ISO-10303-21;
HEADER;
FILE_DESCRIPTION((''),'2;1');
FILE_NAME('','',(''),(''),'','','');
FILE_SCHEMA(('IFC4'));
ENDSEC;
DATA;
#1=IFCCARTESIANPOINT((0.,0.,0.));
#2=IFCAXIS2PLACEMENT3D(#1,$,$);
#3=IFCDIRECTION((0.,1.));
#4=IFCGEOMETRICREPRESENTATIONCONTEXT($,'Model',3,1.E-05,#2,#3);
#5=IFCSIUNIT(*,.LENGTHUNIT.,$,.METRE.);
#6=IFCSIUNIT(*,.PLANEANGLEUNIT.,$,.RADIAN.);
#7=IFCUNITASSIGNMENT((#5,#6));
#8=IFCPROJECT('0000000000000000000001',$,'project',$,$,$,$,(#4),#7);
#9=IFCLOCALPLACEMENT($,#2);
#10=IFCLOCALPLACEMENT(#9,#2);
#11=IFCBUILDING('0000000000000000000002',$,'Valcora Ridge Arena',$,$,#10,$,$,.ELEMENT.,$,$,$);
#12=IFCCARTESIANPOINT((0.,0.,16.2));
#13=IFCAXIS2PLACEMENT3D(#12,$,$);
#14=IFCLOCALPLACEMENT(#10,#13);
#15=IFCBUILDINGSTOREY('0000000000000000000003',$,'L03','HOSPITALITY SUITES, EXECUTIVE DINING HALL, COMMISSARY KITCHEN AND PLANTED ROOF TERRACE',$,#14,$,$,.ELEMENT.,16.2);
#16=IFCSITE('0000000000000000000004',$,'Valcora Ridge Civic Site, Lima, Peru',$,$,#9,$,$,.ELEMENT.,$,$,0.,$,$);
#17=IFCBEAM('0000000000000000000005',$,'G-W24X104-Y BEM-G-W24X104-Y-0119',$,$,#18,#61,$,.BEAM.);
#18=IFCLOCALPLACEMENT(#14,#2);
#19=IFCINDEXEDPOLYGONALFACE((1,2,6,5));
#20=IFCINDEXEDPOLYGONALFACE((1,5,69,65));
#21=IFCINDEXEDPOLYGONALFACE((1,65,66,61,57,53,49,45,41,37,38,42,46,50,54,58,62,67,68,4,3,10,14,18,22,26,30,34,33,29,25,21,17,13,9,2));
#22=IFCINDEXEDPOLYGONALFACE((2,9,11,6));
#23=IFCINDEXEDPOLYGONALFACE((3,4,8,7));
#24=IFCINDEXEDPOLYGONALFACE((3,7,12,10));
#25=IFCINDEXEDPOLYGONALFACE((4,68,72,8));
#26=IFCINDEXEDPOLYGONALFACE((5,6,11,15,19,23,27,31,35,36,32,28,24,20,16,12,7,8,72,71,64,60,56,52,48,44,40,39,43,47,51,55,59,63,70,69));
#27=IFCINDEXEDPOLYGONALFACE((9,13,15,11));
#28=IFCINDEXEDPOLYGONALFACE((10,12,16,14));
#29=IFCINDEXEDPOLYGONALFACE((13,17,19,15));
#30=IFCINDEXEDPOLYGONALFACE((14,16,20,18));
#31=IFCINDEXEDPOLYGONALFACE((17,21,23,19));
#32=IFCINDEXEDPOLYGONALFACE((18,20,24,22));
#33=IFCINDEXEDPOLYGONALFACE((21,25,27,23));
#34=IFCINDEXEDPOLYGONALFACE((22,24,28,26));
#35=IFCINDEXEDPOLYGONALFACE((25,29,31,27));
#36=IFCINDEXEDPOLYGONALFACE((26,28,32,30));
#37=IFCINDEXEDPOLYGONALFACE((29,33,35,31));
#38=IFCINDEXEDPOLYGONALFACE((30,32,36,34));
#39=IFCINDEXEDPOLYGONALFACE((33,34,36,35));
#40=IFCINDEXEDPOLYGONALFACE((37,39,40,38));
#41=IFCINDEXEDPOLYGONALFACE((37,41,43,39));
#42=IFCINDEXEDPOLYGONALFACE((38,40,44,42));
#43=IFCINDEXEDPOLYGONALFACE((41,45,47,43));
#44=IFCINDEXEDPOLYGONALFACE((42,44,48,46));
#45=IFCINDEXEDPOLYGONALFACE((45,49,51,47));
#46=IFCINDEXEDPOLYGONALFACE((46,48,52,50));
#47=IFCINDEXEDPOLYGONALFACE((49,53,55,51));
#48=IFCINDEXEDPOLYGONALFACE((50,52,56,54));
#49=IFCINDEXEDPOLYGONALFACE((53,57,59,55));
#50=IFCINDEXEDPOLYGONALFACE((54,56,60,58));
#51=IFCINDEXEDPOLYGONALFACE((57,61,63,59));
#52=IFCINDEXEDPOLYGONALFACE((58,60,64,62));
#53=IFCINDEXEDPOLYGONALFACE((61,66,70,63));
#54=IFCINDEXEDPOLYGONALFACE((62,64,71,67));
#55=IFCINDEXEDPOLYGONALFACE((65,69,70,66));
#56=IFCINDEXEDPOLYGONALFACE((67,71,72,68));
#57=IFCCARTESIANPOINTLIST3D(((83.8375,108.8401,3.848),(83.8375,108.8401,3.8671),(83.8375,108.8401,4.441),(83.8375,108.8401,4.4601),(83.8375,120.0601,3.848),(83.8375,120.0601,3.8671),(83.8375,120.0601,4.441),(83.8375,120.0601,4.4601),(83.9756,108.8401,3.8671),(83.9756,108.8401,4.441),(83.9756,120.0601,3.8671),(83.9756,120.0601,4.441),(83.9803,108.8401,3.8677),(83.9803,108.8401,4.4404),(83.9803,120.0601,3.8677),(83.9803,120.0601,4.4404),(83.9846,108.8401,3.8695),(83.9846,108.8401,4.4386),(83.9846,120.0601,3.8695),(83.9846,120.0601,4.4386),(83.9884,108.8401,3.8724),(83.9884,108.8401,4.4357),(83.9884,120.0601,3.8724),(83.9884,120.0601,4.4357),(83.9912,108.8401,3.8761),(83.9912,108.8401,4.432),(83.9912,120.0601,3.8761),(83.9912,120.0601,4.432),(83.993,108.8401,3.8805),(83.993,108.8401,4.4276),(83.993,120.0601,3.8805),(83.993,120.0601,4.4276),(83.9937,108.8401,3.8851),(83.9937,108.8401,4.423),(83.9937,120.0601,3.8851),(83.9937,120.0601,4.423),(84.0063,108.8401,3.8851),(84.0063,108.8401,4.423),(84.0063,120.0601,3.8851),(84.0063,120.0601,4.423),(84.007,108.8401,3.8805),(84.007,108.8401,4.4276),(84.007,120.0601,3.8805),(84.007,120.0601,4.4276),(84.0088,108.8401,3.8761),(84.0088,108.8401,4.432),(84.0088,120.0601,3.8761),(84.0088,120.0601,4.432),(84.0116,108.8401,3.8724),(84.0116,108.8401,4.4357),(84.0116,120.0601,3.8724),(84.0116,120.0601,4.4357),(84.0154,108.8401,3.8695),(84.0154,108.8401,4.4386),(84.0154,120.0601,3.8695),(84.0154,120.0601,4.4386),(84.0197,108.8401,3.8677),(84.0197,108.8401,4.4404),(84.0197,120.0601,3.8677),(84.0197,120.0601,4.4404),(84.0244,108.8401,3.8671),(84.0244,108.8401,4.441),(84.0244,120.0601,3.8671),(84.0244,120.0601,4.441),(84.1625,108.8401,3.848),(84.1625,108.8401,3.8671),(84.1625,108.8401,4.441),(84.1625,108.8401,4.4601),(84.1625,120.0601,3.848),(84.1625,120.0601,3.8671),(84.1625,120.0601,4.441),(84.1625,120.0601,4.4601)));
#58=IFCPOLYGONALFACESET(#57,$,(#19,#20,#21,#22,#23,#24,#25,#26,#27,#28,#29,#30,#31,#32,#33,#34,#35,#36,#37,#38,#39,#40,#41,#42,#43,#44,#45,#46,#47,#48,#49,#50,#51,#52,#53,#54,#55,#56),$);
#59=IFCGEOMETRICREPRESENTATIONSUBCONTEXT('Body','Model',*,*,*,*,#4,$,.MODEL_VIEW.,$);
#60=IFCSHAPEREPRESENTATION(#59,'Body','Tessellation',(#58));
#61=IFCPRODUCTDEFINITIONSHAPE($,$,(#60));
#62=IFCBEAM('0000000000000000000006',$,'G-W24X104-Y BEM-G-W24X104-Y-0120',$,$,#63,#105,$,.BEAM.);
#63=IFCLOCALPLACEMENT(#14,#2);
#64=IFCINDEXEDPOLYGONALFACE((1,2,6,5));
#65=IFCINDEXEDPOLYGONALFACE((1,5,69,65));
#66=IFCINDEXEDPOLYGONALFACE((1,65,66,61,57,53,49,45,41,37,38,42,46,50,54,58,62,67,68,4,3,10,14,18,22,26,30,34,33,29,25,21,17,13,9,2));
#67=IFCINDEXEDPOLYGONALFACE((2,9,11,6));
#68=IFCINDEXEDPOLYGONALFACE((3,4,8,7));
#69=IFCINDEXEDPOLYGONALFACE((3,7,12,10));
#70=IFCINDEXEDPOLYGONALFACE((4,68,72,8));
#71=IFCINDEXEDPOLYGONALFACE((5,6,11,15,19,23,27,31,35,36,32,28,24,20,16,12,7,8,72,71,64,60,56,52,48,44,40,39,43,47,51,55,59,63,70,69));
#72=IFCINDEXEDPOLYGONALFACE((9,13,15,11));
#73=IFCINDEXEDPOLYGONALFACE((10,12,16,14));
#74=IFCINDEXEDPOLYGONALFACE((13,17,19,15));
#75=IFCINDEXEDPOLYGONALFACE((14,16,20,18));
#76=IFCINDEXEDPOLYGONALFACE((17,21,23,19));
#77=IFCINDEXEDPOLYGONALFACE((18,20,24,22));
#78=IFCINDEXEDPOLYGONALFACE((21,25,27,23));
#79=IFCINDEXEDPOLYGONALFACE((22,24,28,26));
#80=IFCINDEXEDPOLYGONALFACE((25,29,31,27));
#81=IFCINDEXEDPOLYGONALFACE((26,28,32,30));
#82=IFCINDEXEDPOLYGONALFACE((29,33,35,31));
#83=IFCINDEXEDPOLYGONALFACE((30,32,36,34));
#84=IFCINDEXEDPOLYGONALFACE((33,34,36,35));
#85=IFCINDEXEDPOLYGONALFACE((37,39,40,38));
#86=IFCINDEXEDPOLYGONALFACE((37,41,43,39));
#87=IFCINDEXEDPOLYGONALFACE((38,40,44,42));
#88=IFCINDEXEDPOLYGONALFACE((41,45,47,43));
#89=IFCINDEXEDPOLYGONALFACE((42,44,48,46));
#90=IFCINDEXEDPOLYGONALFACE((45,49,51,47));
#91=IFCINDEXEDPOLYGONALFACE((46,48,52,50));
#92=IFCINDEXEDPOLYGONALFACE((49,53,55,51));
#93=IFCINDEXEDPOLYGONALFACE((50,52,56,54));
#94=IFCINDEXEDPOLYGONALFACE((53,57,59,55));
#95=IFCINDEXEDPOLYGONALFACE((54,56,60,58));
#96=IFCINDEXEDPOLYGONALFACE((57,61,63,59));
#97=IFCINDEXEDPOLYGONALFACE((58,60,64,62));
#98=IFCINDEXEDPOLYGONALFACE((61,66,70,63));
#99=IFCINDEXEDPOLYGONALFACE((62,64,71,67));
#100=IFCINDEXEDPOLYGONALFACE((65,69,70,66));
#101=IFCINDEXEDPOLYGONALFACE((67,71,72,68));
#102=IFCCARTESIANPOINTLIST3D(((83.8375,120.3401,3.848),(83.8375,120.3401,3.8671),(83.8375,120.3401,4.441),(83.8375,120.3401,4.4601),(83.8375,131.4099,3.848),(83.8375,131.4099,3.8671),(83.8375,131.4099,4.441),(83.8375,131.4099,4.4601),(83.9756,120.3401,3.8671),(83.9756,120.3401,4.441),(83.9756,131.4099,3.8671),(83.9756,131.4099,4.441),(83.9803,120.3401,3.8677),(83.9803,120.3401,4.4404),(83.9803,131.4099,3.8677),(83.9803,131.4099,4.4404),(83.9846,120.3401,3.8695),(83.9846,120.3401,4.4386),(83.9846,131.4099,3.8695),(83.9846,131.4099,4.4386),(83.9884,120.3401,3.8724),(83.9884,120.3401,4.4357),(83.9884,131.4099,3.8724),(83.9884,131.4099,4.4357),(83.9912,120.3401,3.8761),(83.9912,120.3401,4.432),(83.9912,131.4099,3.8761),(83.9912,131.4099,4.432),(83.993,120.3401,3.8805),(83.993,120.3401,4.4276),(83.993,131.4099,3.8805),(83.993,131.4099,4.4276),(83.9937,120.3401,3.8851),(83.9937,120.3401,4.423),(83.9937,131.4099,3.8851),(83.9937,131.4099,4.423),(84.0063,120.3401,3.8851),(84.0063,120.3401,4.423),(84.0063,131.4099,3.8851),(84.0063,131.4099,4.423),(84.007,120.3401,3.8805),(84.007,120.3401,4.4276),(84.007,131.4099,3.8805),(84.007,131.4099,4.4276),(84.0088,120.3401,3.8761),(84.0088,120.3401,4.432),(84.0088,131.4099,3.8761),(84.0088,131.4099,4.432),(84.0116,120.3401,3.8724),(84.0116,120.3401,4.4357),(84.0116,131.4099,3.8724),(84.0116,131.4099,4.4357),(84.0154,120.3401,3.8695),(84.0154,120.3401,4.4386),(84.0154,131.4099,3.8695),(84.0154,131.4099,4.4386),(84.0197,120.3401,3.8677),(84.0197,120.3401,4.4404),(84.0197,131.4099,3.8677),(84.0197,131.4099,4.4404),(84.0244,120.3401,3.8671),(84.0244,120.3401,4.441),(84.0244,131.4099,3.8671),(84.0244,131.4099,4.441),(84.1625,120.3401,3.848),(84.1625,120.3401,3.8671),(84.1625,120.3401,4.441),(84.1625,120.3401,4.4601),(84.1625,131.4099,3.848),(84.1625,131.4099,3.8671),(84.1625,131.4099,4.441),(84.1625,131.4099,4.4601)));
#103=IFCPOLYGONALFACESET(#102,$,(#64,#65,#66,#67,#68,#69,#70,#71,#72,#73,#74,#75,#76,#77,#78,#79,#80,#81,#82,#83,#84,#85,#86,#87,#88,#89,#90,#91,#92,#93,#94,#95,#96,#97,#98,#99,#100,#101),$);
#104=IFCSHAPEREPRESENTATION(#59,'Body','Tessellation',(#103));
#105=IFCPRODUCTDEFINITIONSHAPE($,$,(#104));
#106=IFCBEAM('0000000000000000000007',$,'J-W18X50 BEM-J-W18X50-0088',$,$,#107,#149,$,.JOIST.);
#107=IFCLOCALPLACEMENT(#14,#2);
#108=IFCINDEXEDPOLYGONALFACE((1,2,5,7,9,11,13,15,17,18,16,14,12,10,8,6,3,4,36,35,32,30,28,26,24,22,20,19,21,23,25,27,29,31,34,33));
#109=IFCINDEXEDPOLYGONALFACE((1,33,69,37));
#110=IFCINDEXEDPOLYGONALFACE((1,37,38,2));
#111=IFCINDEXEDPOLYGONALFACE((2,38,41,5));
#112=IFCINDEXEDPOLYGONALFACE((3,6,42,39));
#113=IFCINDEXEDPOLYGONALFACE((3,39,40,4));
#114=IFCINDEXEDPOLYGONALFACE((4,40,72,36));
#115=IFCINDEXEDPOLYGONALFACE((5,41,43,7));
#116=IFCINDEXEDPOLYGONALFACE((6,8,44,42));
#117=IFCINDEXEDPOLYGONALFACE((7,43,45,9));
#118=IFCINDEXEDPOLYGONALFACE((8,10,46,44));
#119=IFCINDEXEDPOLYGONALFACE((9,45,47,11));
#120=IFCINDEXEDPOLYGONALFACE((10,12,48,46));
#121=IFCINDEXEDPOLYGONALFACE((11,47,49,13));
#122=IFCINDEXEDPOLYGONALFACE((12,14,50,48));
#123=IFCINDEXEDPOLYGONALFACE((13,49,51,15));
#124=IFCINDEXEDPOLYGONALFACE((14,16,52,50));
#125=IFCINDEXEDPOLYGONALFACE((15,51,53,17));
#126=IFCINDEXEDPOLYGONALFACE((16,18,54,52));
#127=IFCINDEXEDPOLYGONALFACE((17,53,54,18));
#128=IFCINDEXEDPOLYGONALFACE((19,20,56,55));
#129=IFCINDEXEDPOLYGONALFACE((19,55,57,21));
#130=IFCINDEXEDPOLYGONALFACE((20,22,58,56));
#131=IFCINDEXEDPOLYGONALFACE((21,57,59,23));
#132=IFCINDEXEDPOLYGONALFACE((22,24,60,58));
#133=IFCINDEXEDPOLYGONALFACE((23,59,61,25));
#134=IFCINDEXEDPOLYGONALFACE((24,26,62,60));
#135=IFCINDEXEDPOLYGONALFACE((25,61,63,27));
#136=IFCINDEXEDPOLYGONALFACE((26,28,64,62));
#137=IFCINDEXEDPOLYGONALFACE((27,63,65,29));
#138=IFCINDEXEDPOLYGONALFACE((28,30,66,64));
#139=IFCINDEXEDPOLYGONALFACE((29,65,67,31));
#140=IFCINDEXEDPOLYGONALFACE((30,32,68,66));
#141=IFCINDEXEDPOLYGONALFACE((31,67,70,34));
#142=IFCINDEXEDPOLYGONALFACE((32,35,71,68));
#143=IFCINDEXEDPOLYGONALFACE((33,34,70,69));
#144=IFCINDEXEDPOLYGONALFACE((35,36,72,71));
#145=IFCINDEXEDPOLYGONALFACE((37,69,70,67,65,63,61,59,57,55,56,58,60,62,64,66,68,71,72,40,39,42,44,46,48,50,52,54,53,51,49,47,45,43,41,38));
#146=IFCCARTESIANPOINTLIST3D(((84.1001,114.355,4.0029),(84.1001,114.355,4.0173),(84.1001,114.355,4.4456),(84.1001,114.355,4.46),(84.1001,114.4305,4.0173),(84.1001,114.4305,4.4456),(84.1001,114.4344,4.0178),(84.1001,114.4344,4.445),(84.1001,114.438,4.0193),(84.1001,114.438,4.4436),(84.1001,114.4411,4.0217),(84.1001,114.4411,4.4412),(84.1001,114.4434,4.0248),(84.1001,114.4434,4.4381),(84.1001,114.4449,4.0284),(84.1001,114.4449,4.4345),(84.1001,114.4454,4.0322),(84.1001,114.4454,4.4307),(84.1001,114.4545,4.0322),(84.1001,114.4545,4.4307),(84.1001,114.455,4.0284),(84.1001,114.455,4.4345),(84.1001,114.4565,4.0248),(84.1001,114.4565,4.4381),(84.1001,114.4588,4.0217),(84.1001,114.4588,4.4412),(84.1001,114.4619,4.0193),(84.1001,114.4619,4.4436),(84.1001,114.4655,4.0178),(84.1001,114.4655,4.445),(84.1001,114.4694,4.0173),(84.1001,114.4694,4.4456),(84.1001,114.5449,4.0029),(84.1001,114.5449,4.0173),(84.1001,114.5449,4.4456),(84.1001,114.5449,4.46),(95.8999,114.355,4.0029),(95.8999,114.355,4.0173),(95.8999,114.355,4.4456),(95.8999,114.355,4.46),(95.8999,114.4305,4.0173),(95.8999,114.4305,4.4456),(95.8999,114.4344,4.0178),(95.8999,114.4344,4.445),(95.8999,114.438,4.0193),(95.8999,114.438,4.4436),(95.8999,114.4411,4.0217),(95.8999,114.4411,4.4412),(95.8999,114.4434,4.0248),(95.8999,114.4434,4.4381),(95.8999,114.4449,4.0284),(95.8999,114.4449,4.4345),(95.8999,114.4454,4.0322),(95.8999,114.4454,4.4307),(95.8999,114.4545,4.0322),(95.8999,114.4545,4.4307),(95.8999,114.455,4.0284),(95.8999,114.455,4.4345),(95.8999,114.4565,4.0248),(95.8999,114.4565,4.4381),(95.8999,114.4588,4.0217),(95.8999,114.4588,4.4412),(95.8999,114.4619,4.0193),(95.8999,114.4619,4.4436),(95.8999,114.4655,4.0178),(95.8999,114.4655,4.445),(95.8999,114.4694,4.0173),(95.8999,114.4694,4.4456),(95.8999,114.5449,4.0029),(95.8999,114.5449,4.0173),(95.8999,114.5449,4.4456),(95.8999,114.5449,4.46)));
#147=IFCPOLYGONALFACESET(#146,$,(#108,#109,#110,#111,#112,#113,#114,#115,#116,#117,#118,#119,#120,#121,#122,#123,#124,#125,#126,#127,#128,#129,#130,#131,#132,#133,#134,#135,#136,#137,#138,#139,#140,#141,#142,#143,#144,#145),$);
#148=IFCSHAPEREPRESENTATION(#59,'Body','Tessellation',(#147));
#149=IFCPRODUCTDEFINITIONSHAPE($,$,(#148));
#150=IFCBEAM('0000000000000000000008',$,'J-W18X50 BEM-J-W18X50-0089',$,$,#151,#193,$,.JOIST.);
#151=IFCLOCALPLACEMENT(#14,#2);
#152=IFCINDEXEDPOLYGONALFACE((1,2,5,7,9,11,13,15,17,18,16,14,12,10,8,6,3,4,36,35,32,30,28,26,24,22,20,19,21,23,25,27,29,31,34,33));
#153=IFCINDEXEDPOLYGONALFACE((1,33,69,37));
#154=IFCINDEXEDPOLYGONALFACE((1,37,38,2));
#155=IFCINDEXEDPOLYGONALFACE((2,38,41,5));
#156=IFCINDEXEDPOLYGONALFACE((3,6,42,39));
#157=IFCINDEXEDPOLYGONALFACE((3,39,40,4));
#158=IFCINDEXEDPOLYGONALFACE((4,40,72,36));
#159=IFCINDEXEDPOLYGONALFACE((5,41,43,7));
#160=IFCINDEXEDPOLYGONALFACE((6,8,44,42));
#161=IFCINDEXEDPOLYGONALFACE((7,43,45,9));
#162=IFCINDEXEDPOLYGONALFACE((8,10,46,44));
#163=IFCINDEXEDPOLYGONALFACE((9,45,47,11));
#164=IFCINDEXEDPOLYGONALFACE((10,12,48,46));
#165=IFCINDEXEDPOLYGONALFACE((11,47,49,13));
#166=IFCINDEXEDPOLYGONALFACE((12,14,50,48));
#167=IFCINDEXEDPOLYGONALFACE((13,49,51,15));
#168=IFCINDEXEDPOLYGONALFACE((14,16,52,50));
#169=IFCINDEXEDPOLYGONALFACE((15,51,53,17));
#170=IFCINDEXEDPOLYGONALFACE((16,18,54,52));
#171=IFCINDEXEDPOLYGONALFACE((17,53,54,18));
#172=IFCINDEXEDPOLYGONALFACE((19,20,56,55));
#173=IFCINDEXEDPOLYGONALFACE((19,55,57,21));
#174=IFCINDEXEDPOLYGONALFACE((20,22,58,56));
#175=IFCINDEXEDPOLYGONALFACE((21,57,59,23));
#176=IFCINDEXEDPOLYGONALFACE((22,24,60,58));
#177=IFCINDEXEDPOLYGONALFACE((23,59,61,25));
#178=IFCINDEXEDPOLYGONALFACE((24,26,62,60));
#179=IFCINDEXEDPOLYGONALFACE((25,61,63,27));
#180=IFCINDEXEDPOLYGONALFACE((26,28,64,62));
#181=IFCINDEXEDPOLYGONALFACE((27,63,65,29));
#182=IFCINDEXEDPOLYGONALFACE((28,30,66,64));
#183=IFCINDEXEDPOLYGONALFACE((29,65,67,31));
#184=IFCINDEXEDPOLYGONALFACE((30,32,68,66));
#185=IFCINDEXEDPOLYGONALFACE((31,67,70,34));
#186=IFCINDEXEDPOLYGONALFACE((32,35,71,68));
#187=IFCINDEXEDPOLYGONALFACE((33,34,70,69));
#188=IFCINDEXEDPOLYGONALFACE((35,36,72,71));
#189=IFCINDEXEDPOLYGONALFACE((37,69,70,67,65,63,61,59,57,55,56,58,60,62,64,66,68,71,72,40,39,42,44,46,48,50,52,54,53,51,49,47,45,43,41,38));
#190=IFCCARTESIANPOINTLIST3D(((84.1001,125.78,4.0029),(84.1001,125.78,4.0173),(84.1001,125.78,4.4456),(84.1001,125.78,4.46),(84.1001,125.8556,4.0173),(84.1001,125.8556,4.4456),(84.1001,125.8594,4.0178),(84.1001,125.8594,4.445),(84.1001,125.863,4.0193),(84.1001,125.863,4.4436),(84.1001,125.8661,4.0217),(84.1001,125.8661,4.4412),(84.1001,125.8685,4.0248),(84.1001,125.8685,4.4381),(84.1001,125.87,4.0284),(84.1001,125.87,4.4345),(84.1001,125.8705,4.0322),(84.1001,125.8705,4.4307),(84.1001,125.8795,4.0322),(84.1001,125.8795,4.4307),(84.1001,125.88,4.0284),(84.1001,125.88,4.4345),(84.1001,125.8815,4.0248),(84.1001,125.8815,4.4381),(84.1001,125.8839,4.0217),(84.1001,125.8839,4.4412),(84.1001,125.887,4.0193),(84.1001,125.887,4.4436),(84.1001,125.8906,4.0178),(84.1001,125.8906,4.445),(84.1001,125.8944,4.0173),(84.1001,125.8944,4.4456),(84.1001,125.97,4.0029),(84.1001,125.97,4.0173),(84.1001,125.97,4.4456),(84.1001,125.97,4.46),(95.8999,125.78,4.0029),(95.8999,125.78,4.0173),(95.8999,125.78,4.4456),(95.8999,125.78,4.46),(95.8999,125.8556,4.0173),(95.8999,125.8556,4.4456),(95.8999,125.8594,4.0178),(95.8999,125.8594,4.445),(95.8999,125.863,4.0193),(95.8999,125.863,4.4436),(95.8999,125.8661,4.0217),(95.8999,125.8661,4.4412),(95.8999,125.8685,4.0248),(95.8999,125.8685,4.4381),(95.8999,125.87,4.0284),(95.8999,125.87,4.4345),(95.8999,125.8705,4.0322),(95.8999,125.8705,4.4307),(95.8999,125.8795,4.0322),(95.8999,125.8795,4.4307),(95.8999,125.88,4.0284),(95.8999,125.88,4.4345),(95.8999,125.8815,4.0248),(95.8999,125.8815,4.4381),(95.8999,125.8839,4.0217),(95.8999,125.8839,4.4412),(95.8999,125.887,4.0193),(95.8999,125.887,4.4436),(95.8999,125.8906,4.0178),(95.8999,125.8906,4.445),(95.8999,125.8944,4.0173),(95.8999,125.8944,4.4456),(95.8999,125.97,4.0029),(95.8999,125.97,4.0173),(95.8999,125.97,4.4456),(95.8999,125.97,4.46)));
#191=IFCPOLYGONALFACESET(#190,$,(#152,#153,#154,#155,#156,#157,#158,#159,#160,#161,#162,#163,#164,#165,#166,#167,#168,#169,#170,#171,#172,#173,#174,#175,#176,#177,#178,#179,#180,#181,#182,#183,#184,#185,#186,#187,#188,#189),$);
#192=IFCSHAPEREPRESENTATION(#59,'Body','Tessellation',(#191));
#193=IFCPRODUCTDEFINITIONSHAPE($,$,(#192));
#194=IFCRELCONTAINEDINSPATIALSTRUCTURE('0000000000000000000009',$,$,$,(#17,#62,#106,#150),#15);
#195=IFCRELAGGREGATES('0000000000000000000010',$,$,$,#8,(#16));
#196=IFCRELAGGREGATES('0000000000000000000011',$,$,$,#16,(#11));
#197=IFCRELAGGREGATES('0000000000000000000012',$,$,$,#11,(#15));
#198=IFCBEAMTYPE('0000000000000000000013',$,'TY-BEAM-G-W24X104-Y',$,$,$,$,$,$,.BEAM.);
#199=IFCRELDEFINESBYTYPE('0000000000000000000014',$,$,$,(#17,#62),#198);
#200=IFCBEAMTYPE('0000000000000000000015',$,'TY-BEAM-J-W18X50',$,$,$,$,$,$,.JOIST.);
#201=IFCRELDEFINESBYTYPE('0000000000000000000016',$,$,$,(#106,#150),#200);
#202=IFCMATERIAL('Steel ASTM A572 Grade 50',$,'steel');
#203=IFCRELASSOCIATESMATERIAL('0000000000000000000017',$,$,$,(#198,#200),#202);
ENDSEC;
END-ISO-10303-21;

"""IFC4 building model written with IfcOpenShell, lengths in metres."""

from ifc_helpers import new_model, si_unit, direction, frame, origin, origin_2d, place, context, subcontext, project, spatial, i_section, extrude, material, material_profile, profile_set, type_object, element, save


model = new_model("IFC4")

# Units and contexts
model_context = context("Model", 3, precision=1e-05, world=origin(), true_north=direction((0.0, 1.0)))
body_context = subcontext(model_context, "Body", "Model", "MODEL_VIEW")
ifc_project = project(units=[si_unit("LENGTHUNIT", "METRE"), si_unit("PLANEANGLEUNIT", "RADIAN")], contexts=[model_context])

# Site, building, storey
site_placement = place(None, origin())
site = spatial("IfcSite", under=ifc_project, at=site_placement, Name="Valcora Ridge Civic Site, Lima, Peru", CompositionType="ELEMENT", RefElevation=0.0)
building_placement = place(site_placement, origin())
building = spatial("IfcBuilding", under=site, at=building_placement, Name="Valcora Ridge Arena", CompositionType="ELEMENT")
storey_placement = place(building_placement, frame((0.0, 0.0, 16.2)))
storey = spatial("IfcBuildingStorey", under=building, at=storey_placement, Name="L03", Description="HOSPITALITY SUITES, EXECUTIVE DINING HALL, COMMISSARY KITCHEN AND PLANTED ROOF TERRACE", CompositionType="ELEMENT", Elevation=16.2)

# Beams
ifc_material_1 = material(Name="Steel ASTM A572 Grade 50", Category="steel")
ifc_material_profile_1 = material_profile(ifc_material_1, i_section(OverallWidth=0.325, OverallDepth=0.6121, WebThickness=0.0127, FlangeThickness=0.019, FilletRadius=0.0181, at=origin_2d()), Name="W24X104")
ifc_profile_set_1 = profile_set([ifc_material_profile_1], Name="Steel ASTM A572 Grade 50")
beam_type_1 = type_object("IfcBeamType", Name="TY-BEAM-G-W24X104-Y", PredefinedType="BEAM", material=ifc_profile_set_1)
beam_1_placement = place(storey_placement, frame((84.0, 108.8401, 4.1541), z_axis=(0.0, 1.0, 0.0), x_axis=(-1.0, 0.0, 0.0)))
element("IfcBeam", 1, at=beam_1_placement, inside=storey, type_object=beam_type_1, Name="G-W24X104-Y BEM-G-W24X104-Y-0119", PredefinedType="BEAM", context=body_context, shape_type="SweptSolid", body=[
    extrude(i_section(OverallWidth=0.325, OverallDepth=0.6121, WebThickness=0.0127, FlangeThickness=0.019, FilletRadius=0.0181, at=origin_2d()), origin(), (0.0, 0.0, 1.0), 11.22),
])
beam_2_placement = place(storey_placement, frame((84.0, 120.3401, 4.1541), z_axis=(0.0, 1.0, 0.0), x_axis=(-1.0, 0.0, 0.0)))
element("IfcBeam", 2, at=beam_2_placement, inside=storey, type_object=beam_type_1, Name="G-W24X104-Y BEM-G-W24X104-Y-0120", PredefinedType="BEAM", context=body_context, shape_type="SweptSolid", body=[
    extrude(i_section(OverallWidth=0.325, OverallDepth=0.6121, WebThickness=0.0127, FlangeThickness=0.019, FilletRadius=0.0181, at=origin_2d()), origin(), (0.0, 0.0, 1.0), 11.0698),
])
ifc_material_profile_2 = material_profile(ifc_material_1, i_section(OverallWidth=0.1899, OverallDepth=0.457, WebThickness=0.009, FlangeThickness=0.0144, FilletRadius=0.0149, at=origin_2d()), Name="W18X50")
ifc_profile_set_2 = profile_set([ifc_material_profile_2], Name="Steel ASTM A572 Grade 50")
beam_type_2 = type_object("IfcBeamType", Name="TY-BEAM-J-W18X50", PredefinedType="JOIST", material=ifc_profile_set_2)
for number, where, z_axis, x_axis, name in (
    (3, (84.1001, 114.45, 4.2314), (1.0, 0.0, 0.0), (0.0, 1.0, 0.0), "J-W18X50 BEM-J-W18X50-0088"),
    (4, (84.1001, 125.875, 4.2314), (1.0, 0.0, 0.0), (0.0, 1.0, 0.0), "J-W18X50 BEM-J-W18X50-0089"),
):
    element("IfcBeam", number, at=place(storey_placement, frame(where, z_axis=z_axis, x_axis=x_axis)), inside=storey, type_object=beam_type_2, Name=name, PredefinedType="JOIST", context=body_context, shape_type="SweptSolid", body=[
        extrude(i_section(OverallWidth=0.1899, OverallDepth=0.457, WebThickness=0.009, FlangeThickness=0.0144, FilletRadius=0.0149, at=origin_2d()), origin(), (0.0, 0.0, 1.0), 11.7998),
    ])

save(model, "model.ifc")
